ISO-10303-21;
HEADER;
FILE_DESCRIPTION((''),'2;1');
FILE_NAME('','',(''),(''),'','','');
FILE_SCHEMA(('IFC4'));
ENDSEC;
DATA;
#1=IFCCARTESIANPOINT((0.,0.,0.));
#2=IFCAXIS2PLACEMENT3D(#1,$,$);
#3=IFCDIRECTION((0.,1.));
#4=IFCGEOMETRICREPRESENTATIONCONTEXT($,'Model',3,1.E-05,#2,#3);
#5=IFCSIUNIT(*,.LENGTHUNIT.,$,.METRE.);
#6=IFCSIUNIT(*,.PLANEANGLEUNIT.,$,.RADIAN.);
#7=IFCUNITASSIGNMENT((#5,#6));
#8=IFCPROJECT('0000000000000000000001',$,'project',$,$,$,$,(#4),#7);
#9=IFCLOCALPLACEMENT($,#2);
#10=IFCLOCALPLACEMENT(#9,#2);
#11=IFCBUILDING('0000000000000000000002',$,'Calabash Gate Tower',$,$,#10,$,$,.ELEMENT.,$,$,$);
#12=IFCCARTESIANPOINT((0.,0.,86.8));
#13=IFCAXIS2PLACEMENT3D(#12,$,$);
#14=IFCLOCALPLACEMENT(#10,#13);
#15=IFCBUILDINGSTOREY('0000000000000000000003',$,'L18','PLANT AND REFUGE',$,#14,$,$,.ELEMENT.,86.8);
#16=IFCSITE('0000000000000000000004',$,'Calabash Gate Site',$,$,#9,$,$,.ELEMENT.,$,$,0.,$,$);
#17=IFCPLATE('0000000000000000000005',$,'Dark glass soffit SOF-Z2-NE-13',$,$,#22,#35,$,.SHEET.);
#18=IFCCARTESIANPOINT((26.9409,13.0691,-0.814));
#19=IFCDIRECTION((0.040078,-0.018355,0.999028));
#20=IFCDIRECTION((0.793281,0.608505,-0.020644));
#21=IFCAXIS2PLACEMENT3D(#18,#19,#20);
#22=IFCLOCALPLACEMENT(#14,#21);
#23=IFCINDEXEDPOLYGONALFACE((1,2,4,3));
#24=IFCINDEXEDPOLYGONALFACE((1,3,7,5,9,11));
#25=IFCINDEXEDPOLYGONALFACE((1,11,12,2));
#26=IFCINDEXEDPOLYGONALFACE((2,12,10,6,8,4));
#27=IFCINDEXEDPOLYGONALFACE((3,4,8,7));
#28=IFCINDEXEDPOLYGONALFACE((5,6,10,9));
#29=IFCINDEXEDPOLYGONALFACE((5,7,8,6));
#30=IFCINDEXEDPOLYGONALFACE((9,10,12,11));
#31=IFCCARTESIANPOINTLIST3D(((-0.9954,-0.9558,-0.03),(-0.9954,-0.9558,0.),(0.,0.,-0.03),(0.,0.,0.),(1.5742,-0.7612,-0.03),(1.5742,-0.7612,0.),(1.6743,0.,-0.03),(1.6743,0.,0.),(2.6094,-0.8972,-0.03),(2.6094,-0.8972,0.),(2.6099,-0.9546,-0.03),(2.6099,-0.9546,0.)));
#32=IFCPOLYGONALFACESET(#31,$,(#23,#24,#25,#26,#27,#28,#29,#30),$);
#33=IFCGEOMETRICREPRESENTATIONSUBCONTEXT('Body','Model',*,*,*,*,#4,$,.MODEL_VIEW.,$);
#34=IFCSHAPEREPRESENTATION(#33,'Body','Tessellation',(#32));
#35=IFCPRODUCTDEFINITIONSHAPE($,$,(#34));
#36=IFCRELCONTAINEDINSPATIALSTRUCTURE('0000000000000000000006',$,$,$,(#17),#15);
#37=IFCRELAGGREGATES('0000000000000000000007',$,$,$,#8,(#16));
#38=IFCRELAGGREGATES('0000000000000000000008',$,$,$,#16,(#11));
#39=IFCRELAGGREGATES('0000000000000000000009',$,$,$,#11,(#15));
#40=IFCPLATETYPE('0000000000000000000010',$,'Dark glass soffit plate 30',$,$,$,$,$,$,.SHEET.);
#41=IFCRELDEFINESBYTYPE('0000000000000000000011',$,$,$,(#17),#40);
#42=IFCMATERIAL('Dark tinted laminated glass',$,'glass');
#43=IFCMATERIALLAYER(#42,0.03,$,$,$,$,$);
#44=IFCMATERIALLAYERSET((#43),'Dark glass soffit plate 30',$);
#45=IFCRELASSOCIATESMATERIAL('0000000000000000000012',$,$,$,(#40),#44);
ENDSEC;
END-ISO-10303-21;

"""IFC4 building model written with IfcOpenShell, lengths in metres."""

from ifc_helpers import new_model, si_unit, direction, frame, origin, place, context, subcontext, project, spatial, polyline, outline, extrude, material, layer, layer_set, type_object, element, save


model = new_model("IFC4")

# Units and contexts
model_context = context("Model", 3, precision=1e-05, world=origin(), true_north=direction((0.0, 1.0)))
body_context = subcontext(model_context, "Body", "Model", "MODEL_VIEW")
ifc_project = project(units=[si_unit("LENGTHUNIT", "METRE"), si_unit("PLANEANGLEUNIT", "RADIAN")], contexts=[model_context])

# Site, building, storey
site_placement = place(None, origin())
site = spatial("IfcSite", under=ifc_project, at=site_placement, Name="Calabash Gate Site", CompositionType="ELEMENT", RefElevation=0.0)
building_placement = place(site_placement, origin())
building = spatial("IfcBuilding", under=site, at=building_placement, Name="Calabash Gate Tower", CompositionType="ELEMENT")
storey_placement = place(building_placement, frame((0.0, 0.0, 86.8)))
storey = spatial("IfcBuildingStorey", under=building, at=storey_placement, Name="L18", Description="PLANT AND REFUGE", CompositionType="ELEMENT", Elevation=86.8)

# Plate
ifc_material_1 = material(Name="Dark tinted laminated glass", Category="glass")
ifc_layer_1 = layer(ifc_material_1, 0.03)
ifc_layer_set_1 = layer_set([ifc_layer_1], Name="Dark glass soffit plate 30")
plate_type_1 = type_object("IfcPlateType", Name="Dark glass soffit plate 30", PredefinedType="SHEET", material=ifc_layer_set_1)
plate_1_placement = place(storey_placement, frame((26.9409, 13.0691, -0.814), z_axis=(0.040078, -0.018355, 0.999028), x_axis=(0.793281, 0.608505, -0.020644)))
element("IfcPlate", 1, at=plate_1_placement, inside=storey, type_object=plate_type_1, Name="Dark glass soffit SOF-Z2-NE-13", PredefinedType="SHEET", context=body_context, shape_type="SweptSolid", body=[
    extrude(outline(polyline([(0.0, 0.0), (1.6743, 0.0), (1.5742, -0.7612), (2.6094, -0.8972), (2.6099, -0.9546), (-0.9954, -0.9558), (0.0, 0.0)])), origin(), (0.0, 0.0, -1.0), 0.03),
])

save(model, "model.ifc")
